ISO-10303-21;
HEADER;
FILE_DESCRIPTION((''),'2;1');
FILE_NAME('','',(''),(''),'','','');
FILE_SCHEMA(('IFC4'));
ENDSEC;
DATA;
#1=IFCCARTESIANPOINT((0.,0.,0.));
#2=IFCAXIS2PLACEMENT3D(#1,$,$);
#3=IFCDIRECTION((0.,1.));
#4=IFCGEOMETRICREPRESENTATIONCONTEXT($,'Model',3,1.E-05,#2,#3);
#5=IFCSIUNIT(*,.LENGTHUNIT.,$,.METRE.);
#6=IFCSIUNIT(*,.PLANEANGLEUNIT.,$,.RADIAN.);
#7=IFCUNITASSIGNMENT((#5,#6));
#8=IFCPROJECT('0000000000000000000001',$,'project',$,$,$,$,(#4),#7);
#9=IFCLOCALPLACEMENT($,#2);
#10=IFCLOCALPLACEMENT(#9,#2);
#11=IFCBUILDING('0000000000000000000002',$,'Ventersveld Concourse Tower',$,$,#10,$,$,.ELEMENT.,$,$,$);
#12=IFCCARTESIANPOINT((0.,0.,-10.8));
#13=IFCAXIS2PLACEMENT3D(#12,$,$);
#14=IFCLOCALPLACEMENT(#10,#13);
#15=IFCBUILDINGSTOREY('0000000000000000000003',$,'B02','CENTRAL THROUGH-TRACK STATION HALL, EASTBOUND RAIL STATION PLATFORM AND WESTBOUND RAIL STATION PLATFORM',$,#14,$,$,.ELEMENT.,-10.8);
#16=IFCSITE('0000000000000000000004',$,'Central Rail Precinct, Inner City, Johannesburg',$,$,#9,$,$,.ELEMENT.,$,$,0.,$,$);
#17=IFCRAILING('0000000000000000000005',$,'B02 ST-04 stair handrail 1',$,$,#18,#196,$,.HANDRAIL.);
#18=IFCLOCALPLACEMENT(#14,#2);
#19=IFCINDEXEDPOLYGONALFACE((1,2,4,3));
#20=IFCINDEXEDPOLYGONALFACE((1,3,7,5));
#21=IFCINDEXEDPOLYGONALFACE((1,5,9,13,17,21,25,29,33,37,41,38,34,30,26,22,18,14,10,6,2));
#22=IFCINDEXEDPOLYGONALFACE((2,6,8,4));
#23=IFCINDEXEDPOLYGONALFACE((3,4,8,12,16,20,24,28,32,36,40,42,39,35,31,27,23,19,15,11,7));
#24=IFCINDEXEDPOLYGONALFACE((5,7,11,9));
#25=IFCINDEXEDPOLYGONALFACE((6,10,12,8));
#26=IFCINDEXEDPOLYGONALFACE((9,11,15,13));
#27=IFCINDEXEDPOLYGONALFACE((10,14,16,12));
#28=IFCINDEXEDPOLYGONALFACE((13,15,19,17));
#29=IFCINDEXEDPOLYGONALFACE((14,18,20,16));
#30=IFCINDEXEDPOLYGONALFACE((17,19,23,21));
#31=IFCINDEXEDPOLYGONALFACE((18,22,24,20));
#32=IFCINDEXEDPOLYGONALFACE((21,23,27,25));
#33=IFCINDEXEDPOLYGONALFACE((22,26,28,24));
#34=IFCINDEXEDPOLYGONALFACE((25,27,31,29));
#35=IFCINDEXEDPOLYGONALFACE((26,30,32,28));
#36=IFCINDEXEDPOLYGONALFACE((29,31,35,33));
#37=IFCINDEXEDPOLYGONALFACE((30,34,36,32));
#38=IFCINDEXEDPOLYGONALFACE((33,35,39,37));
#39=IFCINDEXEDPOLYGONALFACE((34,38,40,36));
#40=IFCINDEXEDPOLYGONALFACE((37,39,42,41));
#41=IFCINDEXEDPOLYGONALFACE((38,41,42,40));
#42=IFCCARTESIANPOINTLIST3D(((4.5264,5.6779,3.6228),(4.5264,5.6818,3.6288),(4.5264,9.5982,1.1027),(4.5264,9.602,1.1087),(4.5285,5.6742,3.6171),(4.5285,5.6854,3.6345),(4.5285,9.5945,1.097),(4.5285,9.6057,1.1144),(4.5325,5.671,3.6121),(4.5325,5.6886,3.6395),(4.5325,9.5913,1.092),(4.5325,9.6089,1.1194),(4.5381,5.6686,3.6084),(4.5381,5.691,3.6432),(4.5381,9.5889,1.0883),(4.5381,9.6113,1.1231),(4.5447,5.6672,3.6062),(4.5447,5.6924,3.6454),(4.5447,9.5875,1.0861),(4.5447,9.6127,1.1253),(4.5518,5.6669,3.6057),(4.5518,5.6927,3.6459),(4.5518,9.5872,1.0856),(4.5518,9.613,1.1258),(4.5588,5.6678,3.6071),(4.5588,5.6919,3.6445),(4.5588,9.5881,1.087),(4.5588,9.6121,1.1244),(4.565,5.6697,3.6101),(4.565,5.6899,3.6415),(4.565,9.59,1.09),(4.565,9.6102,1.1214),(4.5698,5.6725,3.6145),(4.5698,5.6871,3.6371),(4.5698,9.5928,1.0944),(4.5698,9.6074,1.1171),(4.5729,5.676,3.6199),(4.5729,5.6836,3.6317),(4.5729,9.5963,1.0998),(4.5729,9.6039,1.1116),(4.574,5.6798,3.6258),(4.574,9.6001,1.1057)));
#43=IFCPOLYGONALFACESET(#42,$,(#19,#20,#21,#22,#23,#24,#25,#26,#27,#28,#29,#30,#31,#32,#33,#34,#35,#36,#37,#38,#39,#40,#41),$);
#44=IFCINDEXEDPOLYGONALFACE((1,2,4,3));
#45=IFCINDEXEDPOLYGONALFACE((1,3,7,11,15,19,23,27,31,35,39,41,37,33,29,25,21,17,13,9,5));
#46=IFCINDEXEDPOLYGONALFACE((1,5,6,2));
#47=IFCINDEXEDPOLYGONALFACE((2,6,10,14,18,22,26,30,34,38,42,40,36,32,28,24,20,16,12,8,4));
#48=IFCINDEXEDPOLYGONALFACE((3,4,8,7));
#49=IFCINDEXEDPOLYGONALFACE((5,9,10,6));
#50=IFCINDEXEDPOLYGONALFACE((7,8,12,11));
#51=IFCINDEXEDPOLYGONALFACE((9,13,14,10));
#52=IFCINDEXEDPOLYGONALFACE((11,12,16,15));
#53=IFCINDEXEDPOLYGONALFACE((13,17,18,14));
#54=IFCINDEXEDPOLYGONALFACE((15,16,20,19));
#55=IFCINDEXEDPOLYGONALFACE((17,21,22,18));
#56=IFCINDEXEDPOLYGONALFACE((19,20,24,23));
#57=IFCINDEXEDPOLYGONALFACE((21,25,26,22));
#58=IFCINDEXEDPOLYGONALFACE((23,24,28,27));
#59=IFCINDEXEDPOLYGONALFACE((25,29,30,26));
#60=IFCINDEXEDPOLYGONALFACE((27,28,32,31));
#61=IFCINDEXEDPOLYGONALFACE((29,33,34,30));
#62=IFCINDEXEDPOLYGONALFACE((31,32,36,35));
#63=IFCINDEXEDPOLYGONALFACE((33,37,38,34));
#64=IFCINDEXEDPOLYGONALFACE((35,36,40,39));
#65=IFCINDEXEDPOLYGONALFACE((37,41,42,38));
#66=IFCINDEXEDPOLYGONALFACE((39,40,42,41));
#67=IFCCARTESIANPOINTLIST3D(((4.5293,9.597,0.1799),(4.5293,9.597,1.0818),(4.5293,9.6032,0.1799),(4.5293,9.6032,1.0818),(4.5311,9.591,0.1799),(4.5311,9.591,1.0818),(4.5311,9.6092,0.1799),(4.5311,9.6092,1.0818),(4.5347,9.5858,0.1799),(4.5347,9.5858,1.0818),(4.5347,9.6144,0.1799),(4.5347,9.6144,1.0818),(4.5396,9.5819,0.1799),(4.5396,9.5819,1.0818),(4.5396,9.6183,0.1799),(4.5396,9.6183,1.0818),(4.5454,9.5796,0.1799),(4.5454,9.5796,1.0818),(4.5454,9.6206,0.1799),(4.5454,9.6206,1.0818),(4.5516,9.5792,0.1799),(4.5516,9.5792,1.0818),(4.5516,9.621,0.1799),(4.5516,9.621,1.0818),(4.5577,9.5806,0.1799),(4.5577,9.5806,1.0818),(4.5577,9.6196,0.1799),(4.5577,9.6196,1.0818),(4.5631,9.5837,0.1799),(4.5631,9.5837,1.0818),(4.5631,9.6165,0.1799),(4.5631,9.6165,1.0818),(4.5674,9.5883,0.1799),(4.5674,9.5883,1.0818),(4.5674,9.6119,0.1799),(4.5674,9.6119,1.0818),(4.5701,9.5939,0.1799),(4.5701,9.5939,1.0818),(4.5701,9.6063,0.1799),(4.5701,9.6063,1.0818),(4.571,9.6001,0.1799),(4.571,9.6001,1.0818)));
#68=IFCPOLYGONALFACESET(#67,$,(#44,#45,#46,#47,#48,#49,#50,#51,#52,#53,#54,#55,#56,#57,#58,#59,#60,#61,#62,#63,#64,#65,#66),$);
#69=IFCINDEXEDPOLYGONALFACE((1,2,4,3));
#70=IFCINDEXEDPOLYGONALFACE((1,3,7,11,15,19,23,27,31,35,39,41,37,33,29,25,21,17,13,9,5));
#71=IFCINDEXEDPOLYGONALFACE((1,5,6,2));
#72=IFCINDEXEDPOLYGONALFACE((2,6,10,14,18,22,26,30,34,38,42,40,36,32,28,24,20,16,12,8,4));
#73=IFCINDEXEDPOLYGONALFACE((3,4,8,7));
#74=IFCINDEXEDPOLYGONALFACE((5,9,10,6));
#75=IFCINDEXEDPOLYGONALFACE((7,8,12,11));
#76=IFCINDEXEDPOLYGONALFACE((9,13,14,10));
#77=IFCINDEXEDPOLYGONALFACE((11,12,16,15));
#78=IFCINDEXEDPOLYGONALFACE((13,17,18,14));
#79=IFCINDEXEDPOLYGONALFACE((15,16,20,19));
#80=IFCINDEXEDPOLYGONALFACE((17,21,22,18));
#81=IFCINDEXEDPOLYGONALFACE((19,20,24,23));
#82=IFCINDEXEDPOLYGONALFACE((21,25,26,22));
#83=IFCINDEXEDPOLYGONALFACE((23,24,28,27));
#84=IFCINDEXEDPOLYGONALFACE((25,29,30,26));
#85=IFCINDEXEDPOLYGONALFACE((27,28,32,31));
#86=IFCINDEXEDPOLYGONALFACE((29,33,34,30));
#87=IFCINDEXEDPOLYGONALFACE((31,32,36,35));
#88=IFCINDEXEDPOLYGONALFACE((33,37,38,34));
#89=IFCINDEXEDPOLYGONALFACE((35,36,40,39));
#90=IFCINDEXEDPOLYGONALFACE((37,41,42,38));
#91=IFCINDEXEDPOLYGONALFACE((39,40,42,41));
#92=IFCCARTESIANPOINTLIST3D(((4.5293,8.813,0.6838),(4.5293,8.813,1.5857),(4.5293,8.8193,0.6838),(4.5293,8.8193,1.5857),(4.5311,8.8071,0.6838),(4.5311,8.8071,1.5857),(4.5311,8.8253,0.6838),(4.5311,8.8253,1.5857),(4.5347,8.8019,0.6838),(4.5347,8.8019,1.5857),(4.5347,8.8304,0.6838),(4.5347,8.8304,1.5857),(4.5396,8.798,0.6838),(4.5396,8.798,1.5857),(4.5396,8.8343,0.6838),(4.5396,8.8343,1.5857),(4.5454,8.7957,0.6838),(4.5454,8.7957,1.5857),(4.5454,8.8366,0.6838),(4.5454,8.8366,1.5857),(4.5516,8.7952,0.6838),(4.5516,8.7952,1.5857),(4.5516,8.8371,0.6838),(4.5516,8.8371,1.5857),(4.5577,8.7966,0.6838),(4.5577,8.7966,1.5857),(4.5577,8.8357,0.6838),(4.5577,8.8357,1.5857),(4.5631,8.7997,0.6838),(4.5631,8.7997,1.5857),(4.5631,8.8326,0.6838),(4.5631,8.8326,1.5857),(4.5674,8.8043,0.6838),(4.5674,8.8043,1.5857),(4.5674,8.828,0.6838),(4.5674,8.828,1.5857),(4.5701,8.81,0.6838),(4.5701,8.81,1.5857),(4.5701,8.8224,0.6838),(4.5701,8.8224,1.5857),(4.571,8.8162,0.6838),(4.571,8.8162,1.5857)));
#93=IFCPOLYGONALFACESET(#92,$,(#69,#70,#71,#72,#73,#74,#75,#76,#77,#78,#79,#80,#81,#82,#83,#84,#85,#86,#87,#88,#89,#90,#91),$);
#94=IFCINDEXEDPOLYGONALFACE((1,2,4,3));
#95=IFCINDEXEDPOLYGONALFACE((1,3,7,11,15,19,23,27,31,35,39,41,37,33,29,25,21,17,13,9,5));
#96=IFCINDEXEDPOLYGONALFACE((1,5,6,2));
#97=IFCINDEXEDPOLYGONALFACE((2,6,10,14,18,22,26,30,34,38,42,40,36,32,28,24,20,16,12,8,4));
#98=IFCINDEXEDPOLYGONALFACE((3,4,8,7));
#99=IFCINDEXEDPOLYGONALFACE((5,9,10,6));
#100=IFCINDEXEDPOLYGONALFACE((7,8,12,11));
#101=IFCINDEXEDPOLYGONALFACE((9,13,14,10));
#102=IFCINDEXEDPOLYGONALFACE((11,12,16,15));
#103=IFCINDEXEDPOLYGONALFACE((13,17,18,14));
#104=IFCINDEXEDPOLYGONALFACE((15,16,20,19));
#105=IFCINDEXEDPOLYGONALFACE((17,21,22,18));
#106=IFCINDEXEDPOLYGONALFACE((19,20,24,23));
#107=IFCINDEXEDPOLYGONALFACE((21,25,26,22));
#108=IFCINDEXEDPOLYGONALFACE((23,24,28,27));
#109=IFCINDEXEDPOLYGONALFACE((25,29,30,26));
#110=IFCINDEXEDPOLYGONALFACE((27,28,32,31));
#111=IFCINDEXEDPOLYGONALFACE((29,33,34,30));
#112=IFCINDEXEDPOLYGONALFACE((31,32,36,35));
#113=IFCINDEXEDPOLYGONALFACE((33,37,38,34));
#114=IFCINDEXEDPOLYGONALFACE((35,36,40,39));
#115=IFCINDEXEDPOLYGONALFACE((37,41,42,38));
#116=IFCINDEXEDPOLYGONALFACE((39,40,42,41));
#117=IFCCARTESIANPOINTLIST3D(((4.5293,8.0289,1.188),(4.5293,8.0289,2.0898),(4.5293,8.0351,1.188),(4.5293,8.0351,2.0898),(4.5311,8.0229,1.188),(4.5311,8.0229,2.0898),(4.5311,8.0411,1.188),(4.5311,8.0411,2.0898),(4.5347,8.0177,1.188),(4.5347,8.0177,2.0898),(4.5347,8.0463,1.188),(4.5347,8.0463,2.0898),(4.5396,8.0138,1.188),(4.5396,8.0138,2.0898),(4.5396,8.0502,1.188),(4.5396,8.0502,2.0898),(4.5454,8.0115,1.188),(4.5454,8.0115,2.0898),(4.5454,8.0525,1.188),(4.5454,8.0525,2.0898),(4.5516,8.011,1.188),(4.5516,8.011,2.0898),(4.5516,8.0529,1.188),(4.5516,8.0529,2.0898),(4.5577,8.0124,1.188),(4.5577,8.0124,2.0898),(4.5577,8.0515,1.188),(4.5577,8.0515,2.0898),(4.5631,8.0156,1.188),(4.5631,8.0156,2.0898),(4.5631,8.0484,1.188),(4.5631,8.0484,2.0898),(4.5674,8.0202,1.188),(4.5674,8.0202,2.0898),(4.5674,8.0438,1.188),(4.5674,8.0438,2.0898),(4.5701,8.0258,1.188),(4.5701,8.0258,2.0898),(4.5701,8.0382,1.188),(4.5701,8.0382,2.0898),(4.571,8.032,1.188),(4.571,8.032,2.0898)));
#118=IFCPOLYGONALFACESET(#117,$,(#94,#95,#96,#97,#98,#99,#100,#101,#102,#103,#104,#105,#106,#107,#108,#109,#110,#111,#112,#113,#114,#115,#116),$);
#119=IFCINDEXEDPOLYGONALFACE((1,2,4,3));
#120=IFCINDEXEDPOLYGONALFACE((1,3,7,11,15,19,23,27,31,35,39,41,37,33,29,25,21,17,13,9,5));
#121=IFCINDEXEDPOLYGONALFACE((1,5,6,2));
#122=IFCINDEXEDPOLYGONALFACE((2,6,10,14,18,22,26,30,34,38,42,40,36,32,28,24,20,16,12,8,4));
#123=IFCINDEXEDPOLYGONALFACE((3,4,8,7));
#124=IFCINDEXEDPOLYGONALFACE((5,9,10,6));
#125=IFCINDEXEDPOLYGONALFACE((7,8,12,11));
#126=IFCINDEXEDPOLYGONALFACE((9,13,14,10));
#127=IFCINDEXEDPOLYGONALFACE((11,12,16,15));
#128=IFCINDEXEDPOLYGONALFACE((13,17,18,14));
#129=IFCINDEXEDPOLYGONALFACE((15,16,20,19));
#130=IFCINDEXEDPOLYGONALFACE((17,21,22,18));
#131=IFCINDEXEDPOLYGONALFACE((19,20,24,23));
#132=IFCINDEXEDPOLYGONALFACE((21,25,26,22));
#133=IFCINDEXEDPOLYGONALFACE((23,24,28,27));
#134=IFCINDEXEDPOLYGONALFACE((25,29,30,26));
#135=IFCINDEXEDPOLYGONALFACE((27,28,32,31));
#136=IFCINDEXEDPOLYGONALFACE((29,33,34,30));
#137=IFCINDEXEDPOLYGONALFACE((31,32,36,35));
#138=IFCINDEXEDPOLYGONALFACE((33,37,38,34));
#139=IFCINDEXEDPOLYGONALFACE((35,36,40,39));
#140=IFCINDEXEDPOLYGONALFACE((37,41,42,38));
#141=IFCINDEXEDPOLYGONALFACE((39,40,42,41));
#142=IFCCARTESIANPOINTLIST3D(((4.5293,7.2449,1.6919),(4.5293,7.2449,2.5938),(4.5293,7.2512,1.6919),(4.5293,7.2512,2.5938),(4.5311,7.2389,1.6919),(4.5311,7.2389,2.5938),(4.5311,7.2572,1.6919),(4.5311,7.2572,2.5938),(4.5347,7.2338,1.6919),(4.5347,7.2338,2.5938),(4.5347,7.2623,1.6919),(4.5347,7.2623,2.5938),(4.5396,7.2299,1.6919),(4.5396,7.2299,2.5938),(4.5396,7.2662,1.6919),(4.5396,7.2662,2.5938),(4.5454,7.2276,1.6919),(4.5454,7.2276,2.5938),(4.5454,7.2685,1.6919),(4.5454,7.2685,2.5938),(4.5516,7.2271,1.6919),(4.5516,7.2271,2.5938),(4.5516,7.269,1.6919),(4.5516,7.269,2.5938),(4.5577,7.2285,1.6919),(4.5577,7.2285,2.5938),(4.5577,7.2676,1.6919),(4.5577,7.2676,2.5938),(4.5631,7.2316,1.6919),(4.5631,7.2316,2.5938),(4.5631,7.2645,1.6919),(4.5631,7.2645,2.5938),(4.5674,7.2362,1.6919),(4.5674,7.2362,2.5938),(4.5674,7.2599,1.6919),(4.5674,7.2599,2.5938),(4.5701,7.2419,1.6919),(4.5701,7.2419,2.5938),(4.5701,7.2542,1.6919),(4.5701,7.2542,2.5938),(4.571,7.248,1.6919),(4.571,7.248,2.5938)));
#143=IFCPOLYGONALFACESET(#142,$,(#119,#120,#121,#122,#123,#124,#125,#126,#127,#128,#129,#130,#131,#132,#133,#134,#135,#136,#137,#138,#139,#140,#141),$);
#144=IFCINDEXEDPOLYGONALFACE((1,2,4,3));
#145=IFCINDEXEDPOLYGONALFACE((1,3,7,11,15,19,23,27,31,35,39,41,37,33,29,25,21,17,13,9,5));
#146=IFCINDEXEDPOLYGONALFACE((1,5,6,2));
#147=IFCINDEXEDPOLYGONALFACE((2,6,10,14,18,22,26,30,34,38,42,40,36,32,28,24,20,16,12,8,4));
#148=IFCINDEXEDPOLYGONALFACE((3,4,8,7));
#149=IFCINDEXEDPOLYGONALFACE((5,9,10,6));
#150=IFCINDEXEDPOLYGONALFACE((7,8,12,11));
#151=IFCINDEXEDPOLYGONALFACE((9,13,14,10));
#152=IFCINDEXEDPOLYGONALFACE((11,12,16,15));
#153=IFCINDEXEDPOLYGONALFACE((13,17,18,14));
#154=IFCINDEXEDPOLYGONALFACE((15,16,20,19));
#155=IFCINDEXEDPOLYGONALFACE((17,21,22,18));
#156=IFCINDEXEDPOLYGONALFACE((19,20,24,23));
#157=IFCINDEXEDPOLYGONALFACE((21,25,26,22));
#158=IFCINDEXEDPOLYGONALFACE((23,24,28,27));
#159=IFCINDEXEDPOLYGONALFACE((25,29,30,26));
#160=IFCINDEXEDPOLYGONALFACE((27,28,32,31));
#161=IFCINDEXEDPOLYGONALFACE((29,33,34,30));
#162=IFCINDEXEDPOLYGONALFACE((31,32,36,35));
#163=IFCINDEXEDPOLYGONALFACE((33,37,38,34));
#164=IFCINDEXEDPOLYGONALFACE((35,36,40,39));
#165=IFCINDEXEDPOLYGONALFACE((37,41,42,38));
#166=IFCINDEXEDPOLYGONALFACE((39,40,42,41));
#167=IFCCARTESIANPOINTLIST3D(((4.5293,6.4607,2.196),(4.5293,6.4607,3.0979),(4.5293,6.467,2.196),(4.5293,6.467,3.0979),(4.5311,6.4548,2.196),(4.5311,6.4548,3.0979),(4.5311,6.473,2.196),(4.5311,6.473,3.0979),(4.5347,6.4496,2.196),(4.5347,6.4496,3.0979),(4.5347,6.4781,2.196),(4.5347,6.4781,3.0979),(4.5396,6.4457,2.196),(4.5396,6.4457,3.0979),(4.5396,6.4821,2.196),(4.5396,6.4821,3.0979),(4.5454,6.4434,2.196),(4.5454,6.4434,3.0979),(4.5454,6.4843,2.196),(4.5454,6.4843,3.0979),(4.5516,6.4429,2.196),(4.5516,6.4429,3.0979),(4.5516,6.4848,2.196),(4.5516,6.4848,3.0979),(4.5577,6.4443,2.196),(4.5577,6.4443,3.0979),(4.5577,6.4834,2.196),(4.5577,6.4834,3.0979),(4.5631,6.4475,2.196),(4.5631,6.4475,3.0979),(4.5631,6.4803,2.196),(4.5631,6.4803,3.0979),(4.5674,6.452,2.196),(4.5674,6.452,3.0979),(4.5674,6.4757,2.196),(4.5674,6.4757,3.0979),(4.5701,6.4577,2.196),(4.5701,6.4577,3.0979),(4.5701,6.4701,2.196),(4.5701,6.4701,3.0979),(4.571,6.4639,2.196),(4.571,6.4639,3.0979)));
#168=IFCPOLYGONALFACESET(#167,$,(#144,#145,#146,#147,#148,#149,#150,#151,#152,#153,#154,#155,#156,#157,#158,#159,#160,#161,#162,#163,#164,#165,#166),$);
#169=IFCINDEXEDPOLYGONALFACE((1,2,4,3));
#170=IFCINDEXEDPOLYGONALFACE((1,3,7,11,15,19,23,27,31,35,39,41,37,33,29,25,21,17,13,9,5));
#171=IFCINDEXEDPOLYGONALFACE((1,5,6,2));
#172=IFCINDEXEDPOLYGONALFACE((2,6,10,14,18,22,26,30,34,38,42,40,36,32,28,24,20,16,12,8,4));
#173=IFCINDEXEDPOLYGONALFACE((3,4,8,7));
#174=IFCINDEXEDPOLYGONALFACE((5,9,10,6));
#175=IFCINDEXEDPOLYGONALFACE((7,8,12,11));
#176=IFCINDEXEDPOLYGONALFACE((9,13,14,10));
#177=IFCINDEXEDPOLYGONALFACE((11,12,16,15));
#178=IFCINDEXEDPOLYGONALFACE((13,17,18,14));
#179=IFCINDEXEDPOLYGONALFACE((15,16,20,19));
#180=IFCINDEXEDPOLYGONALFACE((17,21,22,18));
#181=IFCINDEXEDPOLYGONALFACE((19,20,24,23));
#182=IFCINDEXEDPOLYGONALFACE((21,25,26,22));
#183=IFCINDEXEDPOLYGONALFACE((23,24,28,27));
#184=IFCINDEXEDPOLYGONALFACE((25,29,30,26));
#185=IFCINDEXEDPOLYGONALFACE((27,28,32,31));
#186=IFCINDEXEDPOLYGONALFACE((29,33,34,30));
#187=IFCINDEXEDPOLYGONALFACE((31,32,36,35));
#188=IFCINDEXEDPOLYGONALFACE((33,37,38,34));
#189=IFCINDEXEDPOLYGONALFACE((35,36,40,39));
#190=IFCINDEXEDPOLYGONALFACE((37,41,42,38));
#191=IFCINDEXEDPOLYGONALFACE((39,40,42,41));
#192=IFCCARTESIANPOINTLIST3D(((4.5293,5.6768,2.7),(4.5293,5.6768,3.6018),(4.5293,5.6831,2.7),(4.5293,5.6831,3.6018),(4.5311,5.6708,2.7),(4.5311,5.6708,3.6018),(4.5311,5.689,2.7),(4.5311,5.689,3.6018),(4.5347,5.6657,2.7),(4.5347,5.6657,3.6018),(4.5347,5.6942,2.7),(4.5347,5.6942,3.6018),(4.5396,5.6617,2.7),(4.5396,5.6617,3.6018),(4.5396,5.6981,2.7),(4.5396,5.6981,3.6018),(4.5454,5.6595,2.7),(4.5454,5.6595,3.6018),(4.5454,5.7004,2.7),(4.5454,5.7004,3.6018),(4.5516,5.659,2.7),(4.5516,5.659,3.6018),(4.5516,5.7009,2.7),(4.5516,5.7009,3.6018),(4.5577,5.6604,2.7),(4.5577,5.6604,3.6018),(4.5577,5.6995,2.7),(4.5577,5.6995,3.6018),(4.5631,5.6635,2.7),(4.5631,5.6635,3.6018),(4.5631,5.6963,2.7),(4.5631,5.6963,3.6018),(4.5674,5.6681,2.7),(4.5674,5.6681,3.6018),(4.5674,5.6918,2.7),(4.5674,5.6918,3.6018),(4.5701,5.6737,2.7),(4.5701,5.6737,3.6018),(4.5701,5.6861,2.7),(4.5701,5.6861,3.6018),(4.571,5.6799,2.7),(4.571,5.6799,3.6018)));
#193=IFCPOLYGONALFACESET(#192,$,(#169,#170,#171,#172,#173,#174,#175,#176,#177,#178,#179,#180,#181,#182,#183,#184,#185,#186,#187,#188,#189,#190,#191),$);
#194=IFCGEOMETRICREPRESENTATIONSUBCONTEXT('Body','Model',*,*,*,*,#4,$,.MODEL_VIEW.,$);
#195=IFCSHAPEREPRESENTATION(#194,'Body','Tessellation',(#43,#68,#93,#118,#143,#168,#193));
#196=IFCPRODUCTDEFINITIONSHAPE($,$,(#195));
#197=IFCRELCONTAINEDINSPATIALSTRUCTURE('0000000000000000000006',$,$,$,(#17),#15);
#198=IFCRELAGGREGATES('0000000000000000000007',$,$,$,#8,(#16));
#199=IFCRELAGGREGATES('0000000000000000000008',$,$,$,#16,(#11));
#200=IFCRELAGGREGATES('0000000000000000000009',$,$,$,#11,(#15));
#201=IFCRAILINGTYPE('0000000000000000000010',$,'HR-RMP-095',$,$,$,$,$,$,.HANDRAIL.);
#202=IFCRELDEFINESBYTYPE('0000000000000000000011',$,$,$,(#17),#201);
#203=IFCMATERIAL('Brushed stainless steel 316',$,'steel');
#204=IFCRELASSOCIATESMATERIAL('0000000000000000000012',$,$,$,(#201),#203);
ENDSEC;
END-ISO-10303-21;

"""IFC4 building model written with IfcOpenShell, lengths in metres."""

from ifc_helpers import new_model, si_unit, direction, frame, origin, origin_2d, place, context, subcontext, project, spatial, circle, extrude, material, type_object, element, save


model = new_model("IFC4")

# Units and contexts
model_context = context("Model", 3, precision=1e-05, world=origin(), true_north=direction((0.0, 1.0)))
body_context = subcontext(model_context, "Body", "Model", "MODEL_VIEW")
ifc_project = project(units=[si_unit("LENGTHUNIT", "METRE"), si_unit("PLANEANGLEUNIT", "RADIAN")], contexts=[model_context])

# Site, building, storey
site_placement = place(None, origin())
site = spatial("IfcSite", under=ifc_project, at=site_placement, Name="Central Rail Precinct, Inner City, Johannesburg", CompositionType="ELEMENT", RefElevation=0.0)
building_placement = place(site_placement, origin())
building = spatial("IfcBuilding", under=site, at=building_placement, Name="Ventersveld Concourse Tower", CompositionType="ELEMENT")
storey_placement = place(building_placement, frame((0.0, 0.0, -10.8)))
storey = spatial("IfcBuildingStorey", under=building, at=storey_placement, Name="B02", Description="CENTRAL THROUGH-TRACK STATION HALL, EASTBOUND RAIL STATION PLATFORM AND WESTBOUND RAIL STATION PLATFORM", CompositionType="ELEMENT", Elevation=-10.8)

# Railing
ifc_material_1 = material(Name="Brushed stainless steel 316", Category="steel")
railing_type_1 = type_object("IfcRailingType", Name="HR-RMP-095", PredefinedType="HANDRAIL", material=ifc_material_1)
railing_1_placement = place(storey_placement, frame((4.55, 9.6001, 0.1799)))
element("IfcRailing", 1, at=railing_1_placement, inside=storey, type_object=railing_type_1, Name="B02 ST-04 stair handrail 1", PredefinedType="HANDRAIL", context=body_context, shape_type="SweptSolid", body=[
    extrude(circle(Radius=0.0239, at=origin_2d()), frame((0.0, 0.0, 0.9258), z_axis=(0.0, -0.841187, 0.540744), x_axis=(1.0, 0.0, 0.0)), (0.0, 0.0, 1.0), 4.6604),
    extrude(circle(Radius=0.021, at=origin_2d()), origin(), (0.0, 0.0, 1.0), 0.9019),
    extrude(circle(Radius=0.021, at=origin_2d()), frame((0.0, -0.7839, 0.5039)), (0.0, 0.0, 1.0), 0.9019),
    extrude(circle(Radius=0.021, at=origin_2d()), frame((0.0, -1.5681, 1.0081)), (0.0, 0.0, 1.0), 0.9019),
    extrude(circle(Radius=0.021, at=origin_2d()), frame((0.0, -2.3521, 1.512)), (0.0, 0.0, 1.0), 0.9019),
    extrude(circle(Radius=0.021, at=origin_2d()), frame((0.0, -3.1362, 2.0161)), (0.0, 0.0, 1.0), 0.9019),
    extrude(circle(Radius=0.021, at=origin_2d()), frame((0.0, -3.9202, 2.52)), (0.0, 0.0, 1.0), 0.9019),
])

save(model, "model.ifc")
